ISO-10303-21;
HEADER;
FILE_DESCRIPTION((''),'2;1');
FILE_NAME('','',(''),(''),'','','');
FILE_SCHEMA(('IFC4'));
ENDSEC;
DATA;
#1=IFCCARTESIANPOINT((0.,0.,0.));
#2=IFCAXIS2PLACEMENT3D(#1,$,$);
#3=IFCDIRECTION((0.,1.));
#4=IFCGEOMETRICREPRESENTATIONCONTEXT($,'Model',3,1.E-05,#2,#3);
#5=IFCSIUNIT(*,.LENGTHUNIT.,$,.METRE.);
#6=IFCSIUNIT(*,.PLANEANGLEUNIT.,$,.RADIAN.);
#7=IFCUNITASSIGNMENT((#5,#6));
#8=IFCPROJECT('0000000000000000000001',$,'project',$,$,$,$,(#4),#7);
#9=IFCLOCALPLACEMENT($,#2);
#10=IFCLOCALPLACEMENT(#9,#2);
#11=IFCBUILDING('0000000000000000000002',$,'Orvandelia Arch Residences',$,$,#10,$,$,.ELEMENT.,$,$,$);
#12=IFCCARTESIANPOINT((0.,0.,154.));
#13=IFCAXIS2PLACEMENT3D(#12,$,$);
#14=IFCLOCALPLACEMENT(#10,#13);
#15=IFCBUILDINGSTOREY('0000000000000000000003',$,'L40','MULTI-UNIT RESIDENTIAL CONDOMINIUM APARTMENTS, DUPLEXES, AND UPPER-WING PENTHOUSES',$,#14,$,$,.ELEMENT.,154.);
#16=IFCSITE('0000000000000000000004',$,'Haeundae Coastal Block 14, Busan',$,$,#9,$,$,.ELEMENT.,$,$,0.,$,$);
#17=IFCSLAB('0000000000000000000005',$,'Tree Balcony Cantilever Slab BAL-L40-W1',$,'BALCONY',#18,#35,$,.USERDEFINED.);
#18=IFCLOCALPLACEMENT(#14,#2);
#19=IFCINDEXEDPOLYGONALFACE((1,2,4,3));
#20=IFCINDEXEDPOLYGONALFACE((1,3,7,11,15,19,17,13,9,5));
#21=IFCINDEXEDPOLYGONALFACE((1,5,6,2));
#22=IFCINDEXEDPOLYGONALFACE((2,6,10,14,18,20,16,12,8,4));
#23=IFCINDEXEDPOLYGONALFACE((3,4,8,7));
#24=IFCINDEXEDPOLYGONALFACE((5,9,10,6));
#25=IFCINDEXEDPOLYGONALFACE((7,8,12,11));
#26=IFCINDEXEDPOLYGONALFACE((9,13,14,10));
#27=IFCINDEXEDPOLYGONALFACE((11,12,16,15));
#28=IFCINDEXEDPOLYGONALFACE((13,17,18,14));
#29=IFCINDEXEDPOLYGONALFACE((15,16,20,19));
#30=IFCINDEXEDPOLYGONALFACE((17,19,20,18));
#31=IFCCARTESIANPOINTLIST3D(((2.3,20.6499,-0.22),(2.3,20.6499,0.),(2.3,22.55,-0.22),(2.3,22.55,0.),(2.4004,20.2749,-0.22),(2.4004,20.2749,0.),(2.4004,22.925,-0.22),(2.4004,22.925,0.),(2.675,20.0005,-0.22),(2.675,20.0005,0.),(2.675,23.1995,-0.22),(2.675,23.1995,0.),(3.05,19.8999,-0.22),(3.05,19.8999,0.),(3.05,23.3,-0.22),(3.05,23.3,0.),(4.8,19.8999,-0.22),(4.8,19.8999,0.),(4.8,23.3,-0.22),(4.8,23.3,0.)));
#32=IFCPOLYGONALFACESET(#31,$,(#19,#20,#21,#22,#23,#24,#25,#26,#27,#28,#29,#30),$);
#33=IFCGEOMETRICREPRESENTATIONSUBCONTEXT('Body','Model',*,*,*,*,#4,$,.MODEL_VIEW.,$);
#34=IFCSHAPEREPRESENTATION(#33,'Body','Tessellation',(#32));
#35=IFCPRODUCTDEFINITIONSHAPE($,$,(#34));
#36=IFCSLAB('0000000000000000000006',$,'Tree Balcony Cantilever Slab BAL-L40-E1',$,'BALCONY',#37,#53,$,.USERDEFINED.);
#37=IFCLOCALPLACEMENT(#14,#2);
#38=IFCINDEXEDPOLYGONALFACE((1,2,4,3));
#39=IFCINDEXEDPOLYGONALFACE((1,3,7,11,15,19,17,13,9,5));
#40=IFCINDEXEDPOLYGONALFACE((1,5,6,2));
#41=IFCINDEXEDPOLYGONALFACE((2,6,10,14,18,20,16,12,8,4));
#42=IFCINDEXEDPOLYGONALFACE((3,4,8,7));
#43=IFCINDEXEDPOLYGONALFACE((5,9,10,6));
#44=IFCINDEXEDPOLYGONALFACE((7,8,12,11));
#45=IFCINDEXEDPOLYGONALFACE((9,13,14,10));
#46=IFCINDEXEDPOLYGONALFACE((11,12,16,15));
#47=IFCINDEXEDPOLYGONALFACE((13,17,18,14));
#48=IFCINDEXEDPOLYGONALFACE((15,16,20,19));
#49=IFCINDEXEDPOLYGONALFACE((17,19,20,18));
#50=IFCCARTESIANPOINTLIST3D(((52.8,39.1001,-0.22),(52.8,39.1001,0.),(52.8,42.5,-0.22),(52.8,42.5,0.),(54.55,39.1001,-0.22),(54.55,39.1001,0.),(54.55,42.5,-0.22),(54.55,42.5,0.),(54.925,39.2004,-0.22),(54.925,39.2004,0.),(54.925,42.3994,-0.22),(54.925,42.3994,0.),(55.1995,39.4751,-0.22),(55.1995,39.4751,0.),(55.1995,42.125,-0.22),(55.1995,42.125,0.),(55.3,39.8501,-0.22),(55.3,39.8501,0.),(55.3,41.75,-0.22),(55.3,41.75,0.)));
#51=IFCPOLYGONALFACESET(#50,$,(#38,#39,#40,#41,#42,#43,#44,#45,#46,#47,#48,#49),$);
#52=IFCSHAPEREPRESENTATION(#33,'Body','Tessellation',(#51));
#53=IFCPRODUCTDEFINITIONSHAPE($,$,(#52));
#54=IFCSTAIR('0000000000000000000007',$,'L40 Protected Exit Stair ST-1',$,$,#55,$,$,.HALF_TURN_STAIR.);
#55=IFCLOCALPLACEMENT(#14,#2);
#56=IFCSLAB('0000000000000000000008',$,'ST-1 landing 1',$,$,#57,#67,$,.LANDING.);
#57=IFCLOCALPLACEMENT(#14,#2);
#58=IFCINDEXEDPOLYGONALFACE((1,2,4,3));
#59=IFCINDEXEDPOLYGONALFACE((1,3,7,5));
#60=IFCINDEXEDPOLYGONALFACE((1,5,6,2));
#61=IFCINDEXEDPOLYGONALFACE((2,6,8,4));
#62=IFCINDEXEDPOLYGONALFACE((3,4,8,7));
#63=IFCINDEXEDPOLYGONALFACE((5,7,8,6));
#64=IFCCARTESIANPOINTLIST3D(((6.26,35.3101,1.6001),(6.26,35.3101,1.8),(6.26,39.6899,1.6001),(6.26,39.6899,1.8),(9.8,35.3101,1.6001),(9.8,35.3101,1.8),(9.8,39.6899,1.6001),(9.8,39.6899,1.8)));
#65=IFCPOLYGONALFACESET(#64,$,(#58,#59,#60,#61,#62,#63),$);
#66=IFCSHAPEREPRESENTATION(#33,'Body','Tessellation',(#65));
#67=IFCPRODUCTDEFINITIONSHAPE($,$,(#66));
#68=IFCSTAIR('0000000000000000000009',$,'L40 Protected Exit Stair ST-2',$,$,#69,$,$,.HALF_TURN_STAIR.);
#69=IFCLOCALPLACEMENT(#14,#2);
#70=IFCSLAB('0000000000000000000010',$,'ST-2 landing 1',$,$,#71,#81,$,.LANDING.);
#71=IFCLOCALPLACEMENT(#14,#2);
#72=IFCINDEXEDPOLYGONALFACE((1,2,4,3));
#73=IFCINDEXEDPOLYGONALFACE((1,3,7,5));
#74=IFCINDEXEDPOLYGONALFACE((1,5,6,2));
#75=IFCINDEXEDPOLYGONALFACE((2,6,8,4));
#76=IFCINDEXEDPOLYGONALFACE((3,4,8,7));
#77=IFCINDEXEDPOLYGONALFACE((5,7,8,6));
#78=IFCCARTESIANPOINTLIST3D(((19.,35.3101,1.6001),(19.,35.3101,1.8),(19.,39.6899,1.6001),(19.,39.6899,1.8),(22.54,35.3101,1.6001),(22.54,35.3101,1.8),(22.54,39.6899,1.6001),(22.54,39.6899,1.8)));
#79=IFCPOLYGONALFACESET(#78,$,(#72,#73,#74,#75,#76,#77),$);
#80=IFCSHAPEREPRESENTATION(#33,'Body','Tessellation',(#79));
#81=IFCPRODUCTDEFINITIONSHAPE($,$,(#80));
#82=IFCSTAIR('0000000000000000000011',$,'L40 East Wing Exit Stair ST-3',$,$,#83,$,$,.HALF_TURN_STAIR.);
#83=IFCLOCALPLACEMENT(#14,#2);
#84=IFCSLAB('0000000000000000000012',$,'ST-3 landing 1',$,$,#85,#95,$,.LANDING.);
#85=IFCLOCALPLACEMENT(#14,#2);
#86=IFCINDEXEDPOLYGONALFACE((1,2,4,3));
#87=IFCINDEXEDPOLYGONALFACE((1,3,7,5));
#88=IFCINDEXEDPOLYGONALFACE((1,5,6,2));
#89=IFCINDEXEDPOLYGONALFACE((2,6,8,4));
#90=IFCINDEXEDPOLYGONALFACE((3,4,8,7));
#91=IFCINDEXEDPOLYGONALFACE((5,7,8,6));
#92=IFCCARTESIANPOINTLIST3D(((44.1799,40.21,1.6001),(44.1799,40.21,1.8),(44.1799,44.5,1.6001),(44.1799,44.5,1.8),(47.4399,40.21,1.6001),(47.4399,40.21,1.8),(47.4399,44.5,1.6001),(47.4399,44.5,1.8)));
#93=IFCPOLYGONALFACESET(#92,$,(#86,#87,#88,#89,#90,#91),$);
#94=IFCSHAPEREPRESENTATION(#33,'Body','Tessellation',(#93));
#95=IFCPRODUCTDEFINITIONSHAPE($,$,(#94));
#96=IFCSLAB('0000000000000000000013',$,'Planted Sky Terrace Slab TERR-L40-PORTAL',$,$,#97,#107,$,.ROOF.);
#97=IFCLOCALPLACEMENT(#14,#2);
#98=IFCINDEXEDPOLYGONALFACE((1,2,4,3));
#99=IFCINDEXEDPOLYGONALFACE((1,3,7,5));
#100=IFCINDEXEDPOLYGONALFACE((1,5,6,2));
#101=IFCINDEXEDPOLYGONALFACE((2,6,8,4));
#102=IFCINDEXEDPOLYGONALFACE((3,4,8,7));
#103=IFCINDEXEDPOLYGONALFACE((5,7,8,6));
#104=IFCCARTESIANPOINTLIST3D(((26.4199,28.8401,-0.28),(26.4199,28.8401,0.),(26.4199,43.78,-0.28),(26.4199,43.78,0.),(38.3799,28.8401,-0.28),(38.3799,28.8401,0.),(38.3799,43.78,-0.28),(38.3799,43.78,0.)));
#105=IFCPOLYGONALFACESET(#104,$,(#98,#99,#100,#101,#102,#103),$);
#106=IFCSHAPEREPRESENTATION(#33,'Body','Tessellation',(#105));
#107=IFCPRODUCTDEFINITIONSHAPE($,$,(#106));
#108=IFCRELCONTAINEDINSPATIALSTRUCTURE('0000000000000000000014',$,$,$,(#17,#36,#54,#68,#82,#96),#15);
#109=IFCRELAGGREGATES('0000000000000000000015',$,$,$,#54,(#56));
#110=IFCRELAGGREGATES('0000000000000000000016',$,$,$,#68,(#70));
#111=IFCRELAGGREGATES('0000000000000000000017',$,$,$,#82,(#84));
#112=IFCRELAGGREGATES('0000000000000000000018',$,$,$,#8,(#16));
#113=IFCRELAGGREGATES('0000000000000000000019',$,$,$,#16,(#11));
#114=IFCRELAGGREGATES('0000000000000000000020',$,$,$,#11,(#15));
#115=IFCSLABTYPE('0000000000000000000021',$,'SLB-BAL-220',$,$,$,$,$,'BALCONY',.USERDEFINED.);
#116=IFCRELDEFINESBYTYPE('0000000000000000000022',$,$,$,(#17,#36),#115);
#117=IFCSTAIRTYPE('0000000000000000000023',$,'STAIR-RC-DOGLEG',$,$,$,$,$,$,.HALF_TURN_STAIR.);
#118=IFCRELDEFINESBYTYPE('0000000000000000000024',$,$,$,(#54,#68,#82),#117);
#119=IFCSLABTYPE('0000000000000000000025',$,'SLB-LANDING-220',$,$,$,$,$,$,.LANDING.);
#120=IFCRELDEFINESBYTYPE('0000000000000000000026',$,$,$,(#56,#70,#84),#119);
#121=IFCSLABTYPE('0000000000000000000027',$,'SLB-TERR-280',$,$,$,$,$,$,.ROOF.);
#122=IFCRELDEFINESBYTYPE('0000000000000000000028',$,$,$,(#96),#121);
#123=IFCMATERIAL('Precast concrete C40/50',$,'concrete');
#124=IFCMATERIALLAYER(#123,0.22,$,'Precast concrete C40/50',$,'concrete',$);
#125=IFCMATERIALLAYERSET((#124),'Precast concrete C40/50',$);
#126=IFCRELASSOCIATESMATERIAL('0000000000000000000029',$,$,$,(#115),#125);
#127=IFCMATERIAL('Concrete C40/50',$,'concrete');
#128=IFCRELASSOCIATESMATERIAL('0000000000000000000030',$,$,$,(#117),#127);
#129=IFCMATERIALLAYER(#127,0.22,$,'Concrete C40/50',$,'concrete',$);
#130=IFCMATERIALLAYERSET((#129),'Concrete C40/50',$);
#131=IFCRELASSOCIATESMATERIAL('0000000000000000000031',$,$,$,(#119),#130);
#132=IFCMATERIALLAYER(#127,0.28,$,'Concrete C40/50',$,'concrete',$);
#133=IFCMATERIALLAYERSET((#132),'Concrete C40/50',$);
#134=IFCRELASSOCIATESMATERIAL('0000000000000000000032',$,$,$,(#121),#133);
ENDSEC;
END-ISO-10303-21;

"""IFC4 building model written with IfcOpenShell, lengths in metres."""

from ifc_helpers import new_model, si_unit, direction, frame, origin, place, context, subcontext, project, spatial, polyline, outline, extrude, material, layer, layer_set, type_object, element, aggregate, save


model = new_model("IFC4")

# Units and contexts
model_context = context("Model", 3, precision=1e-05, world=origin(), true_north=direction((0.0, 1.0)))
body_context = subcontext(model_context, "Body", "Model", "MODEL_VIEW")
ifc_project = project(units=[si_unit("LENGTHUNIT", "METRE"), si_unit("PLANEANGLEUNIT", "RADIAN")], contexts=[model_context])

# Site, building, storey
site_placement = place(None, origin())
site = spatial("IfcSite", under=ifc_project, at=site_placement, Name="Haeundae Coastal Block 14, Busan", CompositionType="ELEMENT", RefElevation=0.0)
building_placement = place(site_placement, origin())
building = spatial("IfcBuilding", under=site, at=building_placement, Name="Orvandelia Arch Residences", CompositionType="ELEMENT")
storey_placement = place(building_placement, frame((0.0, 0.0, 154.0)))
storey = spatial("IfcBuildingStorey", under=building, at=storey_placement, Name="L40", Description="MULTI-UNIT RESIDENTIAL CONDOMINIUM APARTMENTS, DUPLEXES, AND UPPER-WING PENTHOUSES", CompositionType="ELEMENT", Elevation=154.0)

# Slabs
ifc_material_1 = material(Name="Precast concrete C40/50", Category="concrete")
ifc_layer_1 = layer(ifc_material_1, 0.22, Name="Precast concrete C40/50", Category="concrete")
ifc_layer_set_1 = layer_set([ifc_layer_1], Name="Precast concrete C40/50")
slab_type_1 = type_object("IfcSlabType", Name="SLB-BAL-220", ElementType="BALCONY", PredefinedType="USERDEFINED", material=ifc_layer_set_1)
slab_1_placement = place(storey_placement, frame((0.0, 0.0, -0.22)))
element("IfcSlab", 1, at=slab_1_placement, inside=storey, type_object=slab_type_1, Name="Tree Balcony Cantilever Slab BAL-L40-W1", ObjectType="BALCONY", PredefinedType="USERDEFINED", context=body_context, shape_type="SweptSolid", body=[
    extrude(outline(polyline([(4.8, 19.8999), (4.8, 23.3), (3.05, 23.3), (2.675, 23.1995), (2.4004, 22.925), (2.3, 22.55), (2.3, 20.6499), (2.4004, 20.2749), (2.675, 20.0005), (3.05, 19.8999), (4.8, 19.8999)])), origin(), (0.0, 0.0, 1.0), 0.22),
])
slab_2_placement = place(storey_placement, frame((0.0, 0.0, -0.22)))
element("IfcSlab", 2, at=slab_2_placement, inside=storey, type_object=slab_type_1, Name="Tree Balcony Cantilever Slab BAL-L40-E1", ObjectType="BALCONY", PredefinedType="USERDEFINED", context=body_context, shape_type="SweptSolid", body=[
    extrude(outline(polyline([(52.8, 42.5), (52.8, 39.1001), (54.55, 39.1001), (54.925, 39.2004), (55.1995, 39.4751), (55.3, 39.8501), (55.3, 41.75), (55.1995, 42.125), (54.925, 42.3994), (54.55, 42.5), (52.8, 42.5)])), origin(), (0.0, 0.0, 1.0), 0.22),
])

# Stairs, slabs
ifc_material_2 = material(Name="Concrete C40/50", Category="concrete")
stair_type = type_object("IfcStairType", Name="STAIR-RC-DOGLEG", PredefinedType="HALF_TURN_STAIR", material=ifc_material_2)
stair_1_placement = place(storey_placement, origin())
stair_1 = element("IfcStair", 3, at=stair_1_placement, inside=storey, type_object=stair_type, Name="L40 Protected Exit Stair ST-1", PredefinedType="HALF_TURN_STAIR")
ifc_layer_2 = layer(ifc_material_2, 0.22, Name="Concrete C40/50", Category="concrete")
ifc_layer_set_2 = layer_set([ifc_layer_2], Name="Concrete C40/50")
slab_type_2 = type_object("IfcSlabType", Name="SLB-LANDING-220", PredefinedType="LANDING", material=ifc_layer_set_2)
slab_3_placement = place(storey_placement, frame((0.0, 0.0, 1.6001)))
slab_3 = element("IfcSlab", 4, at=slab_3_placement, type_object=slab_type_2, Name="ST-1 landing 1", PredefinedType="LANDING", context=body_context, shape_type="SweptSolid", body=[
    extrude(outline(polyline([(9.8, 35.3101), (9.8, 39.6899), (6.26, 39.6899), (6.26, 35.3101), (9.8, 35.3101)])), origin(), (0.0, 0.0, 1.0), 0.2),
])
aggregate(stair_1, [slab_3])
stair_2_placement = place(storey_placement, origin())
stair_2 = element("IfcStair", 5, at=stair_2_placement, inside=storey, type_object=stair_type, Name="L40 Protected Exit Stair ST-2", PredefinedType="HALF_TURN_STAIR")
slab_4_placement = place(storey_placement, frame((0.0, 0.0, 1.6001)))
slab_4 = element("IfcSlab", 6, at=slab_4_placement, type_object=slab_type_2, Name="ST-2 landing 1", PredefinedType="LANDING", context=body_context, shape_type="SweptSolid", body=[
    extrude(outline(polyline([(22.54, 35.3101), (22.54, 39.6899), (19.0, 39.6899), (19.0, 35.3101), (22.54, 35.3101)])), origin(), (0.0, 0.0, 1.0), 0.2),
])
aggregate(stair_2, [slab_4])
stair_3_placement = place(storey_placement, origin())
stair_3 = element("IfcStair", 7, at=stair_3_placement, inside=storey, type_object=stair_type, Name="L40 East Wing Exit Stair ST-3", PredefinedType="HALF_TURN_STAIR")
slab_5_placement = place(storey_placement, frame((0.0, 0.0, 1.6001)))
slab_5 = element("IfcSlab", 8, at=slab_5_placement, type_object=slab_type_2, Name="ST-3 landing 1", PredefinedType="LANDING", context=body_context, shape_type="SweptSolid", body=[
    extrude(outline(polyline([(47.4399, 40.21), (47.4399, 44.5), (44.1799, 44.5), (44.1799, 40.21), (47.4399, 40.21)])), origin(), (0.0, 0.0, 1.0), 0.2),
])
aggregate(stair_3, [slab_5])

# Slab
ifc_layer_3 = layer(ifc_material_2, 0.28, Name="Concrete C40/50", Category="concrete")
ifc_layer_set_3 = layer_set([ifc_layer_3], Name="Concrete C40/50")
slab_type_3 = type_object("IfcSlabType", Name="SLB-TERR-280", PredefinedType="ROOF", material=ifc_layer_set_3)
slab_6_placement = place(storey_placement, frame((0.0, 0.0, -0.28)))
element("IfcSlab", 9, at=slab_6_placement, inside=storey, type_object=slab_type_3, Name="Planted Sky Terrace Slab TERR-L40-PORTAL", PredefinedType="ROOF", context=body_context, shape_type="SweptSolid", body=[
    extrude(outline(polyline([(26.4199, 28.8401), (38.3799, 28.8401), (38.3799, 43.78), (26.4199, 43.78), (26.4199, 28.8401)])), origin(), (0.0, 0.0, 1.0), 0.28),
])

save(model, "model.ifc")
